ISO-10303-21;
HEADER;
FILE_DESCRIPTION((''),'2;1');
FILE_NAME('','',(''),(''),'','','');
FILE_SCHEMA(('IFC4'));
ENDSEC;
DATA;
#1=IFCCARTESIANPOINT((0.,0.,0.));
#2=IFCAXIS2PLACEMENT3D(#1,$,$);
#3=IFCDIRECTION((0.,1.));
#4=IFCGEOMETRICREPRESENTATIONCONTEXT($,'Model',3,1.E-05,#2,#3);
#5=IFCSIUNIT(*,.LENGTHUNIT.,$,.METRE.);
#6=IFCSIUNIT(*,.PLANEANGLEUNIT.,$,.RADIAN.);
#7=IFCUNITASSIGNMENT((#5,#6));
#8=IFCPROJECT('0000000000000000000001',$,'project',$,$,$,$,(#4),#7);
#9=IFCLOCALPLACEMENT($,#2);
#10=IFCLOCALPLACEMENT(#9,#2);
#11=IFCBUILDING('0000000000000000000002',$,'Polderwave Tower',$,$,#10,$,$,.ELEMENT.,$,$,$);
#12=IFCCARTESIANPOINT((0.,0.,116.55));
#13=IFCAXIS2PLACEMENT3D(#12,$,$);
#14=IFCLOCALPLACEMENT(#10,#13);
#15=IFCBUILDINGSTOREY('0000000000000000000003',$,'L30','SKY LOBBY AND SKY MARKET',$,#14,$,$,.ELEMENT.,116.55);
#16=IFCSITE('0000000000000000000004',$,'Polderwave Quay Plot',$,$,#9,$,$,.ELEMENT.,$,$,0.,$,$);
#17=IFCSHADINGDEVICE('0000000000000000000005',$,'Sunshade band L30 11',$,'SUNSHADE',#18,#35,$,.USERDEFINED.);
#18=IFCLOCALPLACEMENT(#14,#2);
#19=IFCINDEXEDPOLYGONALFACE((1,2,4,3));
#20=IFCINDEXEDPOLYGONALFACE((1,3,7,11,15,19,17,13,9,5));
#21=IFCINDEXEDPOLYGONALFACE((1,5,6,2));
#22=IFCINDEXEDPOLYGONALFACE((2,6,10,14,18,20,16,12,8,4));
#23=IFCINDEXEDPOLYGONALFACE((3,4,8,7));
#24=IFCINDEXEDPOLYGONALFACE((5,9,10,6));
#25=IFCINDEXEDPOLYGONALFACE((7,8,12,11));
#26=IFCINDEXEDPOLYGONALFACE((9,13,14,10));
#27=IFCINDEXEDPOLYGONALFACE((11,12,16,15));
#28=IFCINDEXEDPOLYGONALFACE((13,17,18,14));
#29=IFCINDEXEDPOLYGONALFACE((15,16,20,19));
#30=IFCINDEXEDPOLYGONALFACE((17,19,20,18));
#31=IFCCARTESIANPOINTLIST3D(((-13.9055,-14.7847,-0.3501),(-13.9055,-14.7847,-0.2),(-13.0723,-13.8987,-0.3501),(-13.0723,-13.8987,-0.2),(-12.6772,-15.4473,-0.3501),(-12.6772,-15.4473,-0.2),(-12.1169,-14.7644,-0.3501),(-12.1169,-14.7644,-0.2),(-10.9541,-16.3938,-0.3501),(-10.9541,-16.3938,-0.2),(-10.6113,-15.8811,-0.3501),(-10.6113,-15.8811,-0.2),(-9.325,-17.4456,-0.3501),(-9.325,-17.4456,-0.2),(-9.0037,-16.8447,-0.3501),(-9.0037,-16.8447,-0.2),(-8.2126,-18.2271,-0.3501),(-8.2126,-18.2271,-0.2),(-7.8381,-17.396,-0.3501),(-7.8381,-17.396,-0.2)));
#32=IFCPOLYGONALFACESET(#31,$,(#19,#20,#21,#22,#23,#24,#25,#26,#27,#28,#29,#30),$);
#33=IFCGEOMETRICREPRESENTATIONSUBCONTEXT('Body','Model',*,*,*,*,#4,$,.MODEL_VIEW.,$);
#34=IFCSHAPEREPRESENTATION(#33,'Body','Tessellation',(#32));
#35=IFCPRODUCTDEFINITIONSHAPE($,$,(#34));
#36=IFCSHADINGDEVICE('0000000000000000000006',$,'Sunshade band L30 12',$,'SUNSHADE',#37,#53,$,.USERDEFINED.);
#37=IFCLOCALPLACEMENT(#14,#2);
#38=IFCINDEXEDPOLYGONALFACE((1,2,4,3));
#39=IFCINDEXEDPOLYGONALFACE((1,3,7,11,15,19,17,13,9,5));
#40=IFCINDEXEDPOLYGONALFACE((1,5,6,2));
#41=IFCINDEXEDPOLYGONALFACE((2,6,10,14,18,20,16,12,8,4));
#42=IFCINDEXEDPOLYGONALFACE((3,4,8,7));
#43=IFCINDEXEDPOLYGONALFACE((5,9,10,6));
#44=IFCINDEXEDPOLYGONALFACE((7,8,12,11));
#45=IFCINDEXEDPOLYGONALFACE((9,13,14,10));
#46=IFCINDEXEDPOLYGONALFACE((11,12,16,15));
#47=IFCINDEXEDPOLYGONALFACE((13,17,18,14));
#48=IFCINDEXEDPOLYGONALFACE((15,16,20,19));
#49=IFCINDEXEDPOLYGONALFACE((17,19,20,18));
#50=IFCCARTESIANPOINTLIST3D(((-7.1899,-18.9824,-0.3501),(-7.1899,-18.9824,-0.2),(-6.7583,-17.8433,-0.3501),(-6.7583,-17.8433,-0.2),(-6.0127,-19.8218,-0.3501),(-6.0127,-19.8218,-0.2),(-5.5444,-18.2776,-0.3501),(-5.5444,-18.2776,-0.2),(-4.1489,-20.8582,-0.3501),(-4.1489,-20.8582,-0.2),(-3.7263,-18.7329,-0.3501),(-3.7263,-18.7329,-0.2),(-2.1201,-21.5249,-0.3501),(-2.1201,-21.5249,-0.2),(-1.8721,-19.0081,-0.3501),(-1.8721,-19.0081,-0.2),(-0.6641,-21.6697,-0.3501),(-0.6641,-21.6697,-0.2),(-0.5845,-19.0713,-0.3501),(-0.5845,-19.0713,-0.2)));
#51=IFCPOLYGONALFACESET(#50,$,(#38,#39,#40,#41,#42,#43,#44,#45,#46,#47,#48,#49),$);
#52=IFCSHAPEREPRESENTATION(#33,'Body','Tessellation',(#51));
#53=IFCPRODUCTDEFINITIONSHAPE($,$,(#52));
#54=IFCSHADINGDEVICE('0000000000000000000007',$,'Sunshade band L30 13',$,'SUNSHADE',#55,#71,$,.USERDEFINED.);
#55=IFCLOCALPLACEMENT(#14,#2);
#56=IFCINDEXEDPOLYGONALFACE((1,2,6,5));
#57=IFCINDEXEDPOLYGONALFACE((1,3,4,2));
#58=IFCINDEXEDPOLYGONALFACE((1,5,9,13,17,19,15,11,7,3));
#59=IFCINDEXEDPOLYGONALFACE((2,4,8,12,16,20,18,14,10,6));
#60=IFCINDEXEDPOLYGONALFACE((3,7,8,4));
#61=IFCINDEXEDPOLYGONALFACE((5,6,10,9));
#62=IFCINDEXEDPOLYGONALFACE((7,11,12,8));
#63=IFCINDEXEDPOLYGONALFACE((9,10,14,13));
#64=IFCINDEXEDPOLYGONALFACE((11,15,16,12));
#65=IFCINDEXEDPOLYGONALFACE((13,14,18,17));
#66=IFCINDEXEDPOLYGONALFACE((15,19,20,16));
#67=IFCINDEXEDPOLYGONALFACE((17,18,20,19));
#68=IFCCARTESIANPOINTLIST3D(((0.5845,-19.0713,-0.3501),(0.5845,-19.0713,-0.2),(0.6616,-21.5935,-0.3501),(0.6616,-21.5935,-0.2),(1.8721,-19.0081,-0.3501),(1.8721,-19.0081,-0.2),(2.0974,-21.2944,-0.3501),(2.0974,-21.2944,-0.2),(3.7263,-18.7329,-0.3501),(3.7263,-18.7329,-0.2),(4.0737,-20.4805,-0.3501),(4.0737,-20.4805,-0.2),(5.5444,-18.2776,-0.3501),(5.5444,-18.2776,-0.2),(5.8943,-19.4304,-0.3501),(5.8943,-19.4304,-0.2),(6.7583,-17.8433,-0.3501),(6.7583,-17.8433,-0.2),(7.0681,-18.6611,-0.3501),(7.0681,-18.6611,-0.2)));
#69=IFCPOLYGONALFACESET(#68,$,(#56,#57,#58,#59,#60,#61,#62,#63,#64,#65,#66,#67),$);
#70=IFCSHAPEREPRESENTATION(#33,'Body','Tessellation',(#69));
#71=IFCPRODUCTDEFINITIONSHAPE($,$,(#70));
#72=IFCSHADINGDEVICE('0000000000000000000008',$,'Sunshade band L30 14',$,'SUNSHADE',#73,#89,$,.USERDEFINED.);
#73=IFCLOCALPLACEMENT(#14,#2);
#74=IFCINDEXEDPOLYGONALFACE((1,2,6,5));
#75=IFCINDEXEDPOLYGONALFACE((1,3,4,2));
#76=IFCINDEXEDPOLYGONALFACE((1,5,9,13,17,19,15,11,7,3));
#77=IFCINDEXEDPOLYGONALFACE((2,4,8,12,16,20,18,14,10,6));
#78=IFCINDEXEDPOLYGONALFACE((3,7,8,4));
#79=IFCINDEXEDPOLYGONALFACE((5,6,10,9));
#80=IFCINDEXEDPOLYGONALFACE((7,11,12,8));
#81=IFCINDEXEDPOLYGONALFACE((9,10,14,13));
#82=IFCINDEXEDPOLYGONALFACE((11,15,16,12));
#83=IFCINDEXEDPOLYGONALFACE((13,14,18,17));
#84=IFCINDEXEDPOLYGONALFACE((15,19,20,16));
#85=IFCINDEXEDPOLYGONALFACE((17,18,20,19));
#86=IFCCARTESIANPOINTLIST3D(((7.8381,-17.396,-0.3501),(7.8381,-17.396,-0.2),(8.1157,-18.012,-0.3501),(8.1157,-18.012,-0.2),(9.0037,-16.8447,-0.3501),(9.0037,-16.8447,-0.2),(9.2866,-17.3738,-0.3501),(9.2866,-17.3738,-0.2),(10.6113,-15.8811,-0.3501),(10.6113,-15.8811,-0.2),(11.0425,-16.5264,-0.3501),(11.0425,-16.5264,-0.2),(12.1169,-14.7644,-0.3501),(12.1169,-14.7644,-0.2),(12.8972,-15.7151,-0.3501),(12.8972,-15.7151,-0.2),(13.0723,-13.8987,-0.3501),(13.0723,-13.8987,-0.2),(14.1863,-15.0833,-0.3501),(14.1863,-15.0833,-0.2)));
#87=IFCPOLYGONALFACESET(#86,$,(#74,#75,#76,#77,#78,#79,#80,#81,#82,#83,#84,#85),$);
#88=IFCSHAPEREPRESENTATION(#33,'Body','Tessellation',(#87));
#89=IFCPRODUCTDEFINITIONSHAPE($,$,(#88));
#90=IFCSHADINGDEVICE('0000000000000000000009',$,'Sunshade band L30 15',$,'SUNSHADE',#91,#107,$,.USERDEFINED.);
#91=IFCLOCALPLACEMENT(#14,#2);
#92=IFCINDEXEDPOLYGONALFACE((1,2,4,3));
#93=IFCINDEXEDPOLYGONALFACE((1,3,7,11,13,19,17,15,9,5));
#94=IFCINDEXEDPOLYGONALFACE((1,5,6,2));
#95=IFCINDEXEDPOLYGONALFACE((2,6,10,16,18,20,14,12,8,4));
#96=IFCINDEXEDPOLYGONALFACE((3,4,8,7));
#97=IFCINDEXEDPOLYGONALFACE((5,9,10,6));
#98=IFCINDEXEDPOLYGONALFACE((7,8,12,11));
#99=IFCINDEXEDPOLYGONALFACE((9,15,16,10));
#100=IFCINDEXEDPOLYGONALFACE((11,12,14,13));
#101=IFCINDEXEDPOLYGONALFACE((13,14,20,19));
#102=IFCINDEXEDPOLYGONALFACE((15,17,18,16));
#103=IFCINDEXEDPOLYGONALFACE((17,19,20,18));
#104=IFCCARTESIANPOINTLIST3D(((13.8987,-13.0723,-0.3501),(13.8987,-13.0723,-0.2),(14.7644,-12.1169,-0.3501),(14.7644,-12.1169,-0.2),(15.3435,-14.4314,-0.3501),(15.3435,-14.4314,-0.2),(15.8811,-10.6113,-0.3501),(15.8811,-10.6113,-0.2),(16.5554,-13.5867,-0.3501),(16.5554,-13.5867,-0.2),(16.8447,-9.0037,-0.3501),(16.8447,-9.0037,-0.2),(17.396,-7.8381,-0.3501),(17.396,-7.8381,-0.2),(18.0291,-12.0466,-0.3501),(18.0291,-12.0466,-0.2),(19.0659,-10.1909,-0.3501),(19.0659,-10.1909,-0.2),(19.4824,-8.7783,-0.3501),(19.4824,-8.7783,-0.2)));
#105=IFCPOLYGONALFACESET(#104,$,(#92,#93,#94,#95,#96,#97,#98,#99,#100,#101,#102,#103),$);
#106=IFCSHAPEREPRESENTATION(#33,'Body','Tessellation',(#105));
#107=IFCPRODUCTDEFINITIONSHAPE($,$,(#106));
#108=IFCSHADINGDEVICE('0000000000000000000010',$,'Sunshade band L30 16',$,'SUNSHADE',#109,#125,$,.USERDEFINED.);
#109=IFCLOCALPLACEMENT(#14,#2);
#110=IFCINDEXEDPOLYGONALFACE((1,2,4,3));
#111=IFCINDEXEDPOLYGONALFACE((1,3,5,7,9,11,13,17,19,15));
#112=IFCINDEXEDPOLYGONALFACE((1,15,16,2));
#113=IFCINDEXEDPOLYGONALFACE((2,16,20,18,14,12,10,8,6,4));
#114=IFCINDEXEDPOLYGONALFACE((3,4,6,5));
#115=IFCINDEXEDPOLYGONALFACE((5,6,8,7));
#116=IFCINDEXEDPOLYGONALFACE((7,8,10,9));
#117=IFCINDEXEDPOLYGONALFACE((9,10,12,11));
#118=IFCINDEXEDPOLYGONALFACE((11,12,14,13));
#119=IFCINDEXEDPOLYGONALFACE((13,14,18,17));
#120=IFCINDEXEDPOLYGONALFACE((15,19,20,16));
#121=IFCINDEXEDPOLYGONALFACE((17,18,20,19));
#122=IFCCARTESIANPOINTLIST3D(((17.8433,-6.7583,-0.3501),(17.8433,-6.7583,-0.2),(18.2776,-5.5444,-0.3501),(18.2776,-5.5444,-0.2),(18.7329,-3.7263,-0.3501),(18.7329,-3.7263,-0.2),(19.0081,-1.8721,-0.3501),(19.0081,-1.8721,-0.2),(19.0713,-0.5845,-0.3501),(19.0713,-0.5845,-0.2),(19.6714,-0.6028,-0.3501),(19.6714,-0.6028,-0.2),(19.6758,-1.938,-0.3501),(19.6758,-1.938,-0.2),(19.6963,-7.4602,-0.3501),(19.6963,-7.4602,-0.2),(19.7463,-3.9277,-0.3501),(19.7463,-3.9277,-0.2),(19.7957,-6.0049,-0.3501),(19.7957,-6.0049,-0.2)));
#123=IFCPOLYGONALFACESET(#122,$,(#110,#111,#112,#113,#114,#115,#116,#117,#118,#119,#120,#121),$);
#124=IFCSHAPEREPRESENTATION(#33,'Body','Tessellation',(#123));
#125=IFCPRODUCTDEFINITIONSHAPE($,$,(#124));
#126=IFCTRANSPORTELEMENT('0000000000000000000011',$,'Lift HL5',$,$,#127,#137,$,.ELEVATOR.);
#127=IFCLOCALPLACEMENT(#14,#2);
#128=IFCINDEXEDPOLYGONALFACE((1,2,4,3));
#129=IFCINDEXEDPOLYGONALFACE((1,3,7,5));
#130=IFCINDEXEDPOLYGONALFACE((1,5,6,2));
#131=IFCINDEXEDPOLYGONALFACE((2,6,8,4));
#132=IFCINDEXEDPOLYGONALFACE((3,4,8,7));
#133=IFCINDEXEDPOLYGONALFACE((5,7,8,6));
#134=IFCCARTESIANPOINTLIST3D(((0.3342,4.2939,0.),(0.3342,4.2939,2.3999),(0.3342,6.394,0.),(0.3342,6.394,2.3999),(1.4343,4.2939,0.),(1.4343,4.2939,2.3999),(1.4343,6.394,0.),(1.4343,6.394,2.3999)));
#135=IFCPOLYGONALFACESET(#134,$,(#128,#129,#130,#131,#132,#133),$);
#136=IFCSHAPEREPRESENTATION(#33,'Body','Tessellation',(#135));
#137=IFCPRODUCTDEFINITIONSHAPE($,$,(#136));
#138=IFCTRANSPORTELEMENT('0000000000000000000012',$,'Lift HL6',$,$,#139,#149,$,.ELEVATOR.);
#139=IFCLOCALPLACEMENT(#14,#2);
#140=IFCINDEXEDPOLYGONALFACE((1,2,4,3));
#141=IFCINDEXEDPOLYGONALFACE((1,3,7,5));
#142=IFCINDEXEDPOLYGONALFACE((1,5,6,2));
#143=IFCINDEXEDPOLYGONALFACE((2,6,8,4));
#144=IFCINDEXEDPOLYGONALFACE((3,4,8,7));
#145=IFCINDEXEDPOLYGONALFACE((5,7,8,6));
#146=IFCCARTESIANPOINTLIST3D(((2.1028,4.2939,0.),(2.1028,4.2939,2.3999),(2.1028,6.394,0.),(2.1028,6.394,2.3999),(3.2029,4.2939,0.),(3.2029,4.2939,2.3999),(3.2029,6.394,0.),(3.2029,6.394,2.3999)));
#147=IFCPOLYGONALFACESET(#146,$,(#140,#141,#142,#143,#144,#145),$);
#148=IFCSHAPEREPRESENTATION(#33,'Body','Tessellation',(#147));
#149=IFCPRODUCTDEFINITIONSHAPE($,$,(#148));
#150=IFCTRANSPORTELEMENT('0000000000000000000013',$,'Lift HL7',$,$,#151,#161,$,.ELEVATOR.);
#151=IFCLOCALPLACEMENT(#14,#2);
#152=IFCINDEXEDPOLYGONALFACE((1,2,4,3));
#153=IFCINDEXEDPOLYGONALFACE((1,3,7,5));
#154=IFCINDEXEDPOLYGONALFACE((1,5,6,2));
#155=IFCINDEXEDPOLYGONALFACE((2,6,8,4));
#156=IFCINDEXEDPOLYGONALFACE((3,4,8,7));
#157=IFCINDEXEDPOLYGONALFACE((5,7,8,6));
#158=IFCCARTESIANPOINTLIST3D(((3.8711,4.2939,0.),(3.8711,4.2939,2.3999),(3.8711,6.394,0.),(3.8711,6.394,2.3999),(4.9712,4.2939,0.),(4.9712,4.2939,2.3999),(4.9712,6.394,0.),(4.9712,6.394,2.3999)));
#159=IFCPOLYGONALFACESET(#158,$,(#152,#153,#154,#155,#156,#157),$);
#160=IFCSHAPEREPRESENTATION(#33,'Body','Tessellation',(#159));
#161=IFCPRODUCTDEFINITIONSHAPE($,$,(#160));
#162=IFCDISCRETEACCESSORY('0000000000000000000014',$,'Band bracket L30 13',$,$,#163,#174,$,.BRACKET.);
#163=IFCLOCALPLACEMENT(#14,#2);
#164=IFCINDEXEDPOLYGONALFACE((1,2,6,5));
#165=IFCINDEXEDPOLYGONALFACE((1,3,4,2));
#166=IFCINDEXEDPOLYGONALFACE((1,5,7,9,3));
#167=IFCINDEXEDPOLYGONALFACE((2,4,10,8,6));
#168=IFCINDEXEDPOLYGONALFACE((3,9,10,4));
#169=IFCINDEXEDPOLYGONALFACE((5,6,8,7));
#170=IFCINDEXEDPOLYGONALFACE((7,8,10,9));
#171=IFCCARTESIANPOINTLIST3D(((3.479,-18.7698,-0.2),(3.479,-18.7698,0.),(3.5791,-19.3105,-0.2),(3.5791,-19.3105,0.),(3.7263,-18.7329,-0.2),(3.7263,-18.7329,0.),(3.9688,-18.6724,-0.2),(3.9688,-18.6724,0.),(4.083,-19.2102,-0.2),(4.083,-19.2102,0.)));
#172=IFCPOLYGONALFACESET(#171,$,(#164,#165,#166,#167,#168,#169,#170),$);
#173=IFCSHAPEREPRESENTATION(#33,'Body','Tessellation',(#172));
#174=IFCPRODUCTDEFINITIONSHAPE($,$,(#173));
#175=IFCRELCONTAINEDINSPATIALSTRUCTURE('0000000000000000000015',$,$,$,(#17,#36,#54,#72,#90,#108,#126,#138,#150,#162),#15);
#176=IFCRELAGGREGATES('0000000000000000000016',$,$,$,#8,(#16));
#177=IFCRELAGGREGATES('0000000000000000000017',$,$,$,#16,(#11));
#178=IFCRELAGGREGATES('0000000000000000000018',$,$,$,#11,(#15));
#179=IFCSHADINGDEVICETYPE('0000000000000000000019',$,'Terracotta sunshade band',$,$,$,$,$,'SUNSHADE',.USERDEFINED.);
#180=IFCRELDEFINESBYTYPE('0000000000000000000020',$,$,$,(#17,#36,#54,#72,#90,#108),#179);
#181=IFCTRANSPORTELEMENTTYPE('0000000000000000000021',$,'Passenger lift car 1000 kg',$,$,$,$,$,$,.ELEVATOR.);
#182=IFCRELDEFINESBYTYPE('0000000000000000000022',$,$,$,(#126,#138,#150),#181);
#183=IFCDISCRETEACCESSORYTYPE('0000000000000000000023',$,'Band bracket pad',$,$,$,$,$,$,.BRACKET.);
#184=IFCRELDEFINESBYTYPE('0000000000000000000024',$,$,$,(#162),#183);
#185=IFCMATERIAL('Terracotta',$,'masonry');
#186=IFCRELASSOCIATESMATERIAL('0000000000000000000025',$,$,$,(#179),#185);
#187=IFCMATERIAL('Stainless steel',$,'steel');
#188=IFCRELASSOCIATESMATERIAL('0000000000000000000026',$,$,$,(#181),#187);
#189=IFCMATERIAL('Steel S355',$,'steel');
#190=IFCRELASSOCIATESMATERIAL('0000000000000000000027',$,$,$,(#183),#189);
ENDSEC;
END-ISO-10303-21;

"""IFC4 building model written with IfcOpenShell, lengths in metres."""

from ifc_helpers import new_model, si_unit, direction, frame, origin, origin_2d, place, context, subcontext, project, spatial, polyline, rectangle, outline, extrude, material, type_object, element, save


model = new_model("IFC4")

# Units and contexts
model_context = context("Model", 3, precision=1e-05, world=origin(), true_north=direction((0.0, 1.0)))
body_context = subcontext(model_context, "Body", "Model", "MODEL_VIEW")
ifc_project = project(units=[si_unit("LENGTHUNIT", "METRE"), si_unit("PLANEANGLEUNIT", "RADIAN")], contexts=[model_context])

# Site, building, storey
site_placement = place(None, origin())
site = spatial("IfcSite", under=ifc_project, at=site_placement, Name="Polderwave Quay Plot", CompositionType="ELEMENT", RefElevation=0.0)
building_placement = place(site_placement, origin())
building = spatial("IfcBuilding", under=site, at=building_placement, Name="Polderwave Tower", CompositionType="ELEMENT")
storey_placement = place(building_placement, frame((0.0, 0.0, 116.55)))
storey = spatial("IfcBuildingStorey", under=building, at=storey_placement, Name="L30", Description="SKY LOBBY AND SKY MARKET", CompositionType="ELEMENT", Elevation=116.55)

# Shared definitions
ifc_material_1 = material(Name="Stainless steel", Category="steel")

# Shading devices
ifc_material_2 = material(Name="Terracotta", Category="masonry")
shading_device_type = type_object("IfcShadingDeviceType", Name="Terracotta sunshade band", ElementType="SUNSHADE", PredefinedType="USERDEFINED", material=ifc_material_2)
shading_device_1_placement = place(storey_placement, frame((0.0, 0.0, -0.3501)))
element("IfcShadingDevice", 1, at=shading_device_1_placement, inside=storey, type_object=shading_device_type, Name="Sunshade band L30 11", ObjectType="SUNSHADE", PredefinedType="USERDEFINED", context=body_context, shape_type="SweptSolid", body=[
    extrude(outline(polyline([(-13.0723, -13.8987), (-12.1169, -14.7644), (-10.6113, -15.8811), (-9.0037, -16.8447), (-7.8381, -17.396), (-8.2126, -18.2271), (-9.325, -17.4456), (-10.9541, -16.3938), (-12.6772, -15.4473), (-13.9055, -14.7847), (-13.0723, -13.8987)])), origin(), (0.0, 0.0, 1.0), 0.1501),
])
shading_device_2_placement = place(storey_placement, frame((0.0, 0.0, -0.3501)))
element("IfcShadingDevice", 2, at=shading_device_2_placement, inside=storey, type_object=shading_device_type, Name="Sunshade band L30 12", ObjectType="SUNSHADE", PredefinedType="USERDEFINED", context=body_context, shape_type="SweptSolid", body=[
    extrude(outline(polyline([(-6.7583, -17.8433), (-5.5444, -18.2776), (-3.7263, -18.7329), (-1.8721, -19.0081), (-0.5845, -19.0713), (-0.6641, -21.6697), (-2.1201, -21.5249), (-4.1489, -20.8582), (-6.0127, -19.8218), (-7.1899, -18.9824), (-6.7583, -17.8433)])), origin(), (0.0, 0.0, 1.0), 0.1501),
])
shading_device_3_placement = place(storey_placement, frame((0.0, 0.0, -0.3501)))
element("IfcShadingDevice", 3, at=shading_device_3_placement, inside=storey, type_object=shading_device_type, Name="Sunshade band L30 13", ObjectType="SUNSHADE", PredefinedType="USERDEFINED", context=body_context, shape_type="SweptSolid", body=[
    extrude(outline(polyline([(0.5845, -19.0713), (1.8721, -19.0081), (3.7263, -18.7329), (5.5444, -18.2776), (6.7583, -17.8433), (7.0681, -18.6611), (5.8943, -19.4304), (4.0737, -20.4805), (2.0974, -21.2944), (0.6616, -21.5935), (0.5845, -19.0713)])), origin(), (0.0, 0.0, 1.0), 0.1501),
])
shading_device_4_placement = place(storey_placement, frame((0.0, 0.0, -0.3501)))
element("IfcShadingDevice", 4, at=shading_device_4_placement, inside=storey, type_object=shading_device_type, Name="Sunshade band L30 14", ObjectType="SUNSHADE", PredefinedType="USERDEFINED", context=body_context, shape_type="SweptSolid", body=[
    extrude(outline(polyline([(7.8381, -17.396), (9.0037, -16.8447), (10.6113, -15.8811), (12.1169, -14.7644), (13.0723, -13.8987), (14.1863, -15.0833), (12.8972, -15.7151), (11.0425, -16.5264), (9.2866, -17.3738), (8.1157, -18.012), (7.8381, -17.396)])), origin(), (0.0, 0.0, 1.0), 0.1501),
])
shading_device_5_placement = place(storey_placement, frame((0.0, 0.0, -0.3501)))
element("IfcShadingDevice", 5, at=shading_device_5_placement, inside=storey, type_object=shading_device_type, Name="Sunshade band L30 15", ObjectType="SUNSHADE", PredefinedType="USERDEFINED", context=body_context, shape_type="SweptSolid", body=[
    extrude(outline(polyline([(13.8987, -13.0723), (14.7644, -12.1169), (15.8811, -10.6113), (16.8447, -9.0037), (17.396, -7.8381), (19.4824, -8.7783), (19.0659, -10.1909), (18.0291, -12.0466), (16.5554, -13.5867), (15.3435, -14.4314), (13.8987, -13.0723)])), origin(), (0.0, 0.0, 1.0), 0.1501),
])
shading_device_6_placement = place(storey_placement, frame((0.0, 0.0, -0.3501)))
element("IfcShadingDevice", 6, at=shading_device_6_placement, inside=storey, type_object=shading_device_type, Name="Sunshade band L30 16", ObjectType="SUNSHADE", PredefinedType="USERDEFINED", context=body_context, shape_type="SweptSolid", body=[
    extrude(outline(polyline([(17.8433, -6.7583), (18.2776, -5.5444), (18.7329, -3.7263), (19.0081, -1.8721), (19.0713, -0.5845), (19.6714, -0.6028), (19.6758, -1.938), (19.7463, -3.9277), (19.7957, -6.0049), (19.6963, -7.4602), (17.8433, -6.7583)])), origin(), (0.0, 0.0, 1.0), 0.1501),
])

# Transport elements
transport_element_type = type_object("IfcTransportElementType", Name="Passenger lift car 1000 kg", PredefinedType="ELEVATOR", material=ifc_material_1)
for number, where, z_axis, x_axis, name in (
    (7, (0.8843, 5.344, 0.0), (0.0, 0.0, 1.0), (1.0, 0.0, 0.0), "Lift HL5"),
    (8, (2.6528, 5.344, 0.0), (0.0, 0.0, 1.0), (1.0, 0.0, 0.0), "Lift HL6"),
    (9, (4.4211, 5.344, 0.0), (0.0, 0.0, 1.0), (1.0, 0.0, 0.0), "Lift HL7"),
):
    element("IfcTransportElement", number, at=place(storey_placement, frame(where, z_axis=z_axis, x_axis=x_axis)), inside=storey, type_object=transport_element_type, Name=name, PredefinedType="ELEVATOR", context=body_context, shape_type="SweptSolid", body=[
        extrude(rectangle(XDim=1.1001, YDim=2.1001, at=origin_2d()), origin(), (0.0, 0.0, 1.0), 2.3999),
    ])

# Discrete accessory
ifc_material_3 = material(Name="Steel S355", Category="steel")
discrete_accessory_type = type_object("IfcDiscreteAccessoryType", Name="Band bracket pad", PredefinedType="BRACKET", material=ifc_material_3)
discrete_accessory_placement = place(storey_placement, frame((0.0, 0.0, -0.2)))
element("IfcDiscreteAccessory", 10, at=discrete_accessory_placement, inside=storey, type_object=discrete_accessory_type, Name="Band bracket L30 13", PredefinedType="BRACKET", context=body_context, shape_type="SweptSolid", body=[
    extrude(outline(polyline([(3.479, -18.7698), (3.7263, -18.7329), (3.9688, -18.6724), (4.083, -19.2102), (3.5791, -19.3105), (3.479, -18.7698)])), origin(), (0.0, 0.0, 1.0), 0.2),
])

save(model, "model.ifc")
